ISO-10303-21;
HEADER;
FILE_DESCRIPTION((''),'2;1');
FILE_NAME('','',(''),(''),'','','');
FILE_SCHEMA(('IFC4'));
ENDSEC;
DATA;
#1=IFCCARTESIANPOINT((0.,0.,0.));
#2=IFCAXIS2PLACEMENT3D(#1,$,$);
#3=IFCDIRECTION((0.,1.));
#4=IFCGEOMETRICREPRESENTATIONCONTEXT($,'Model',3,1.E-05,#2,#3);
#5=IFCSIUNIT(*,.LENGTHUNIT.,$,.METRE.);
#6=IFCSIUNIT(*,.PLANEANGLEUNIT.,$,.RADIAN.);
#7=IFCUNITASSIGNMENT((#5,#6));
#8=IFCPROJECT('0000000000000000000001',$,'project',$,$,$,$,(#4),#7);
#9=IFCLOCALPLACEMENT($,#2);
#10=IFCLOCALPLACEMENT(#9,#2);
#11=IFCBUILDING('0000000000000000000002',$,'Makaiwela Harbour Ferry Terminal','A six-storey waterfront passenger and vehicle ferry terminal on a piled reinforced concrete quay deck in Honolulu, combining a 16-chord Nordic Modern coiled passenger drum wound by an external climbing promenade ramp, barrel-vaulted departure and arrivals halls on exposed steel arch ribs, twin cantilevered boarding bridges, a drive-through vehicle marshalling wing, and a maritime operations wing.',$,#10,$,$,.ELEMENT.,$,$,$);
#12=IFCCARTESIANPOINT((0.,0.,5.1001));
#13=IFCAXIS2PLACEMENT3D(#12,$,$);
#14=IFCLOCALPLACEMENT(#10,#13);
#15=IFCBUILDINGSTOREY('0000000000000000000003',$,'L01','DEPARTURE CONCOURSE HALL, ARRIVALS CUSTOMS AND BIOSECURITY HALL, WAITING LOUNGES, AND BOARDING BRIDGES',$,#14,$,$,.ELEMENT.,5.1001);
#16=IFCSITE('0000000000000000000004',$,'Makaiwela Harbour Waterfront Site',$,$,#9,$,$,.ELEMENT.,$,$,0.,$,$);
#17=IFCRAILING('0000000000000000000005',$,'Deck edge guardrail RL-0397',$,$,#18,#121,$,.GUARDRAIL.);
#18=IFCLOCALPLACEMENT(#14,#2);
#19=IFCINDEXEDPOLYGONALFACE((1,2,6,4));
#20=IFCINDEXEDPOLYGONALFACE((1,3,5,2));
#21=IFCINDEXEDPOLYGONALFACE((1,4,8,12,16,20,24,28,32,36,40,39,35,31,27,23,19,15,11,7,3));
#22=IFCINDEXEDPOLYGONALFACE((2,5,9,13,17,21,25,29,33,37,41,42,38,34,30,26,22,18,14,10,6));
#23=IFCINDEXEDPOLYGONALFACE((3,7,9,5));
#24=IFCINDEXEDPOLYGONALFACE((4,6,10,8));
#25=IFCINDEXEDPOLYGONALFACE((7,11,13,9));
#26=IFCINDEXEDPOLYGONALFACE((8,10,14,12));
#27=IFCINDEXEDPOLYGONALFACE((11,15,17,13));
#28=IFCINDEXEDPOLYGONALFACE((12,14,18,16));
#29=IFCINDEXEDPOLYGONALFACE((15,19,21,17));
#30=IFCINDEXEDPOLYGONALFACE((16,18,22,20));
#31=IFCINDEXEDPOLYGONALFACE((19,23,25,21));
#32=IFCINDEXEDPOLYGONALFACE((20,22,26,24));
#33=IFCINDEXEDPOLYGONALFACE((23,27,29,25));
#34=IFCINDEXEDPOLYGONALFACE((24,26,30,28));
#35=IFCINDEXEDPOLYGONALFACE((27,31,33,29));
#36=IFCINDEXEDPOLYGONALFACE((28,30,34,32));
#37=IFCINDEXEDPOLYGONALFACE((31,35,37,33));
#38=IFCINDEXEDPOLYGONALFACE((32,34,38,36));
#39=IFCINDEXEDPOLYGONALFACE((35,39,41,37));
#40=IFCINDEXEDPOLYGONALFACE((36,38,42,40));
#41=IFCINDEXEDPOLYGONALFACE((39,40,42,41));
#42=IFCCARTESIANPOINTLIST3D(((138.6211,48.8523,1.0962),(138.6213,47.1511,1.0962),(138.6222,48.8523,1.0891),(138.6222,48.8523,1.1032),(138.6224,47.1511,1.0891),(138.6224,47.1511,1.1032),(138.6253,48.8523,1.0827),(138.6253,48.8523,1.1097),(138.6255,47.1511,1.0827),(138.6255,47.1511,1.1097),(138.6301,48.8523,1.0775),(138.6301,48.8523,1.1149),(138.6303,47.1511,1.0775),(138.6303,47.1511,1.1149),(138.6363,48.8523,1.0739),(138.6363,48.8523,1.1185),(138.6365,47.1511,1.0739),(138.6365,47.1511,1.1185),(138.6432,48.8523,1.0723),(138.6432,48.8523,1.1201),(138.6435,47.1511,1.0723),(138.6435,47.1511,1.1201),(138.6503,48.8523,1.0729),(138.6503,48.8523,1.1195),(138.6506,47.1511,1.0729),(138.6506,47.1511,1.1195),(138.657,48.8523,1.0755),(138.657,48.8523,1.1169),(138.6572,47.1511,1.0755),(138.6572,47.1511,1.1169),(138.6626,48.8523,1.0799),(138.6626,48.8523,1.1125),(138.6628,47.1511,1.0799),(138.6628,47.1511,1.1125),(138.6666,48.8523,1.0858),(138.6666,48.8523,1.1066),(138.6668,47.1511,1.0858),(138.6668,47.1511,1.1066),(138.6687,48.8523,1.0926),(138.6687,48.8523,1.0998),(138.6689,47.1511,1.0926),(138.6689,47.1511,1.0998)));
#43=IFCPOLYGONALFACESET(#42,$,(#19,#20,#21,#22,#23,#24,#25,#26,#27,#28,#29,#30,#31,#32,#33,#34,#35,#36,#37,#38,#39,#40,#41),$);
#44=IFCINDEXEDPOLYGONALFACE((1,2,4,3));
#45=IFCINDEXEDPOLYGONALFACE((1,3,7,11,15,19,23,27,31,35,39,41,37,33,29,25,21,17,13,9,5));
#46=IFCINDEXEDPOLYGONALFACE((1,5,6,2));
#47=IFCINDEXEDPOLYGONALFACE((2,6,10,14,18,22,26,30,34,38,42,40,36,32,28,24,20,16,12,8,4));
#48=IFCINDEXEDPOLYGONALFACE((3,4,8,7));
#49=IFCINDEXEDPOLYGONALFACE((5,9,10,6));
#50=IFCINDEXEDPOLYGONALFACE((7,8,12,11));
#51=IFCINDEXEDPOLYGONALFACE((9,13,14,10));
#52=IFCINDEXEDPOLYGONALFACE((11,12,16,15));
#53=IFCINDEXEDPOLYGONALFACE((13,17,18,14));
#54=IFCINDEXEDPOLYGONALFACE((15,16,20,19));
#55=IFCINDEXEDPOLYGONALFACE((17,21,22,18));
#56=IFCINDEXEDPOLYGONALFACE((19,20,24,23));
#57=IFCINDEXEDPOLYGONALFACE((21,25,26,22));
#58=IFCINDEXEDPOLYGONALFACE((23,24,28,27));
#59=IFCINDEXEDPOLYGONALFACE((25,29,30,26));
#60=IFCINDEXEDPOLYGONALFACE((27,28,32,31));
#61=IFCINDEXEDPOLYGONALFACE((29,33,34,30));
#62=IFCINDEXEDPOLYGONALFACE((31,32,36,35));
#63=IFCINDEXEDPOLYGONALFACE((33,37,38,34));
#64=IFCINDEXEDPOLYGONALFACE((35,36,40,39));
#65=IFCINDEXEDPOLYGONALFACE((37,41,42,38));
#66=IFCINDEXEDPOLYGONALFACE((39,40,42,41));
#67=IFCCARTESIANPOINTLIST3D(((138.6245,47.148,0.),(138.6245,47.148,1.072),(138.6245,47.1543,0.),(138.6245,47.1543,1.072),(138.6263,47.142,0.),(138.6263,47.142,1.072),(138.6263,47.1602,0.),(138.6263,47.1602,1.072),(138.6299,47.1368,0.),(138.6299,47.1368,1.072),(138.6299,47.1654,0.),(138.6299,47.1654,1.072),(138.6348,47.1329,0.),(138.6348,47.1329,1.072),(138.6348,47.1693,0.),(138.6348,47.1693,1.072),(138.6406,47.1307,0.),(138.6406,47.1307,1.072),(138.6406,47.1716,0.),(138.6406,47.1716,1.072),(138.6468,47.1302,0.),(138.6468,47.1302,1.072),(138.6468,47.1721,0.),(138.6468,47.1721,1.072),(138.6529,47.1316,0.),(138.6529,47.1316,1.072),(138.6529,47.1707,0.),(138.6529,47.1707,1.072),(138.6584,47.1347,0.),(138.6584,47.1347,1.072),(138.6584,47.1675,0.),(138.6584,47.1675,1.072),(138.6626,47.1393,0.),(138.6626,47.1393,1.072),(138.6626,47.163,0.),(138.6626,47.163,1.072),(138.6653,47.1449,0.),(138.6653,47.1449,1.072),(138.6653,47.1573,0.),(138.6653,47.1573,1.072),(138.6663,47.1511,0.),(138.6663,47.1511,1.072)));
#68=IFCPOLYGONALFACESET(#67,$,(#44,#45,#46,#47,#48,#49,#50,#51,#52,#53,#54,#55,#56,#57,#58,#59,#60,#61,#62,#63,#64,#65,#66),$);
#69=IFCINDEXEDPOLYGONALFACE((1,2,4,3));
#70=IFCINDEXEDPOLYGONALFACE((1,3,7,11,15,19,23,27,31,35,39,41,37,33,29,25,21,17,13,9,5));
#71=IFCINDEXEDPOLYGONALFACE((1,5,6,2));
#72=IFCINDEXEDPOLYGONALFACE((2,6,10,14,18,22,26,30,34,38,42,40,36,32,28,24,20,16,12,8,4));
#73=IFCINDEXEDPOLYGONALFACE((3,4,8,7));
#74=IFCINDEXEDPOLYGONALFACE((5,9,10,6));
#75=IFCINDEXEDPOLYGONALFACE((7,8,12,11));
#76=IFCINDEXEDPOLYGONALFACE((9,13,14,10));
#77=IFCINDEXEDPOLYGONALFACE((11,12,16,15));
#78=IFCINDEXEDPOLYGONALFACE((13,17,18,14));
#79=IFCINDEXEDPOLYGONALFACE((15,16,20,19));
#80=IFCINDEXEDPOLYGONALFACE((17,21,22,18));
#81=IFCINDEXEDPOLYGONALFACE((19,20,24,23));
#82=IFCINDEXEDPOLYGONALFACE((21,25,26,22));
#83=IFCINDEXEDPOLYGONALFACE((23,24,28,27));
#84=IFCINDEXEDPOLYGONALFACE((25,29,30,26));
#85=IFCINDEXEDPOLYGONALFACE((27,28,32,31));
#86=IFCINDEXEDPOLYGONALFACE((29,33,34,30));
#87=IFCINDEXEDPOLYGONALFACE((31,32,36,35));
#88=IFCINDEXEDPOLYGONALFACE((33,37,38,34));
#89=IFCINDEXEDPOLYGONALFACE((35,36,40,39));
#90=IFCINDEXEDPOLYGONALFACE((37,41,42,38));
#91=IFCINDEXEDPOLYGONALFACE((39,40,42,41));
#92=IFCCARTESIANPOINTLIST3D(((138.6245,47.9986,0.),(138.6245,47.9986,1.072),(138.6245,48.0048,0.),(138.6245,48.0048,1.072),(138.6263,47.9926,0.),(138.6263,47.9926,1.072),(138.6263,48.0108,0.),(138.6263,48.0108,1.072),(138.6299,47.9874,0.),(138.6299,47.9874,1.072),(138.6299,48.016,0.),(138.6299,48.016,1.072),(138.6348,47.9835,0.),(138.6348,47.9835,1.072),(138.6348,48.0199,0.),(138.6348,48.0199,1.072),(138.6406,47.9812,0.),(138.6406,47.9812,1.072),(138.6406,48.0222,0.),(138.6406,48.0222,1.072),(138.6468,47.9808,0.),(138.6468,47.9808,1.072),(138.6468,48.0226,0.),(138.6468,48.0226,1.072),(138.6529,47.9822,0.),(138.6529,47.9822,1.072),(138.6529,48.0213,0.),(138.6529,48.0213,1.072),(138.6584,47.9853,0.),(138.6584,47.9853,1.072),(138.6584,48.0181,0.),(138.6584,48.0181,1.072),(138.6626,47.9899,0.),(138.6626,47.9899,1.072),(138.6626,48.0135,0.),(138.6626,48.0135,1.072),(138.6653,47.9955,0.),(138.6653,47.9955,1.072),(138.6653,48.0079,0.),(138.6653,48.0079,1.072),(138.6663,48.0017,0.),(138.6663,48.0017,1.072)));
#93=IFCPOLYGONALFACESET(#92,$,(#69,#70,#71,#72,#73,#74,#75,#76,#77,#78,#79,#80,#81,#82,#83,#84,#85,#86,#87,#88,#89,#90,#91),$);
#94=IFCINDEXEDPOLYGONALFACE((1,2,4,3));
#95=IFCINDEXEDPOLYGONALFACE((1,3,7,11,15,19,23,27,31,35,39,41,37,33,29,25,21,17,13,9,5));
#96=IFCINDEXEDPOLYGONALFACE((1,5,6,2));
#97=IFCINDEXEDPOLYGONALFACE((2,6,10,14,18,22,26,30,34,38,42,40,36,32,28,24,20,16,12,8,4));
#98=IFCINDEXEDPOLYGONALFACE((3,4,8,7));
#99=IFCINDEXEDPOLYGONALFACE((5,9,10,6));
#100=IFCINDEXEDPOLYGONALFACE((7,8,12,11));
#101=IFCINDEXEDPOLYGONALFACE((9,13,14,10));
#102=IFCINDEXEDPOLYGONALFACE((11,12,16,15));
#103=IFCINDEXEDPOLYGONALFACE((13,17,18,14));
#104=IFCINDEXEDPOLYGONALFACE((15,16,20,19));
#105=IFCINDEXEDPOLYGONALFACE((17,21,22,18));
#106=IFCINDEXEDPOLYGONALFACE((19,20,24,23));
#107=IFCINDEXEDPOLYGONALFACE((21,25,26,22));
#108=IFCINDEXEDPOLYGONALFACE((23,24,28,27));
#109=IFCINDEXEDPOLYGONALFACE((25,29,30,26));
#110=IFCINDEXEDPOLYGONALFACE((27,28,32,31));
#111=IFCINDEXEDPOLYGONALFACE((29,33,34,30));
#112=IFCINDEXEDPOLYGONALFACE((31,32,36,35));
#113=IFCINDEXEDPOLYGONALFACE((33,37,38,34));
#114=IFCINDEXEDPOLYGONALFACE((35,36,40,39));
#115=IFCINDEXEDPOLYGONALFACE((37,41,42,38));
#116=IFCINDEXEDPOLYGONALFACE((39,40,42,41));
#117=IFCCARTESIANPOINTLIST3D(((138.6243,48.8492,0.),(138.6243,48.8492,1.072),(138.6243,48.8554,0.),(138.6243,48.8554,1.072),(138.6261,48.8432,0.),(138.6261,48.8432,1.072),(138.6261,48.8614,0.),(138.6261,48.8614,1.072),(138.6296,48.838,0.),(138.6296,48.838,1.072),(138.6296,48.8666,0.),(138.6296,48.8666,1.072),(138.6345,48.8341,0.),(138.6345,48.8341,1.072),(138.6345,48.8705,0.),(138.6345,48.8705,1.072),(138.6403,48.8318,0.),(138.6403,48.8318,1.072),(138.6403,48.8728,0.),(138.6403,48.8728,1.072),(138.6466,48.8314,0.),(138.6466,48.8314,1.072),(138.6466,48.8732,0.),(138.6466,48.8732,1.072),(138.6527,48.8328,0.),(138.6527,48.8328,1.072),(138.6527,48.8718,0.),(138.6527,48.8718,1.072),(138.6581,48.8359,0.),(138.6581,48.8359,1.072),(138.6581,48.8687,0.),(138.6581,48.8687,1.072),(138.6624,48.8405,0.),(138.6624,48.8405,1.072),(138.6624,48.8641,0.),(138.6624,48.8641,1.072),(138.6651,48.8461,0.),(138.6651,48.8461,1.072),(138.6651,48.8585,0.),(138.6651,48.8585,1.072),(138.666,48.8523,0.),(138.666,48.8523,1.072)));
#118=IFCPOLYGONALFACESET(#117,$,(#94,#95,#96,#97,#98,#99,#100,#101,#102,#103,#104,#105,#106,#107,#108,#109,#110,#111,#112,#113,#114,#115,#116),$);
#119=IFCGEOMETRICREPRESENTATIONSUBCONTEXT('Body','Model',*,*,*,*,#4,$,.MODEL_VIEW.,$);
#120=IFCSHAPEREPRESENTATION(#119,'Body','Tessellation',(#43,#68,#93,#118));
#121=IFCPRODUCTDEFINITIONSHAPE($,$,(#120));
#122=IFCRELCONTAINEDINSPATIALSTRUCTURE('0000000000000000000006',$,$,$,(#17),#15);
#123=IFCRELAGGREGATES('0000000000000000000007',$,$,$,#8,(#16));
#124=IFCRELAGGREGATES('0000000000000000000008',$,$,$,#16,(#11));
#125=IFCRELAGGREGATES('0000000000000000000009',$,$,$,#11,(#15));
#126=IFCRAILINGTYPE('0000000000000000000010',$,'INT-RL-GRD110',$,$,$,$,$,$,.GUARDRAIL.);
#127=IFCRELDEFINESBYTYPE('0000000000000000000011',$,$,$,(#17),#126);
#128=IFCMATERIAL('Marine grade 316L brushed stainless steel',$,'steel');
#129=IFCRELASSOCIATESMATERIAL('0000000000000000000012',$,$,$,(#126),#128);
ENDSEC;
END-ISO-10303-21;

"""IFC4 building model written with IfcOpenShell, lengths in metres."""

from ifc_helpers import new_model, si_unit, direction, frame, origin, origin_2d, place, context, subcontext, project, spatial, circle, extrude, material, type_object, element, save


model = new_model("IFC4")

# Units and contexts
model_context = context("Model", 3, precision=1e-05, world=origin(), true_north=direction((0.0, 1.0)))
body_context = subcontext(model_context, "Body", "Model", "MODEL_VIEW")
ifc_project = project(units=[si_unit("LENGTHUNIT", "METRE"), si_unit("PLANEANGLEUNIT", "RADIAN")], contexts=[model_context])

# Site, building, storey
site_placement = place(None, origin())
site = spatial("IfcSite", under=ifc_project, at=site_placement, Name="Makaiwela Harbour Waterfront Site", CompositionType="ELEMENT", RefElevation=0.0)
building_placement = place(site_placement, origin())
building = spatial("IfcBuilding", under=site, at=building_placement, Name="Makaiwela Harbour Ferry Terminal", Description="A six-storey waterfront passenger and vehicle ferry terminal on a piled reinforced concrete quay deck in Honolulu, combining a 16-chord Nordic Modern coiled passenger drum wound by an external climbing promenade ramp, barrel-vaulted departure and arrivals halls on exposed steel arch ribs, twin cantilevered boarding bridges, a drive-through vehicle marshalling wing, and a maritime operations wing.", CompositionType="ELEMENT")
storey_placement = place(building_placement, frame((0.0, 0.0, 5.1001)))
storey = spatial("IfcBuildingStorey", under=building, at=storey_placement, Name="L01", Description="DEPARTURE CONCOURSE HALL, ARRIVALS CUSTOMS AND BIOSECURITY HALL, WAITING LOUNGES, AND BOARDING BRIDGES", CompositionType="ELEMENT", Elevation=5.1001)

# Railing
ifc_material_1 = material(Name="Marine grade 316L brushed stainless steel", Category="steel")
railing_type = type_object("IfcRailingType", Name="INT-RL-GRD110", PredefinedType="GUARDRAIL", material=ifc_material_1)
railing_1_placement = place(storey_placement, frame((138.6453, 47.1511, 0.0)))
element("IfcRailing", 1, at=railing_1_placement, inside=storey, type_object=railing_type, Name="Deck edge guardrail RL-0397", PredefinedType="GUARDRAIL", context=body_context, shape_type="SweptSolid", body=[
    extrude(circle(Radius=0.0239, at=origin_2d()), frame((0.0, 0.0, 1.0962), z_axis=(-0.000144, 1.0, 0.0), x_axis=(-1.0, -0.000144, 0.0)), (0.0, 0.0, 1.0), 1.7012),
    extrude(circle(Radius=0.021, at=origin_2d()), origin(), (0.0, 0.0, 1.0), 1.072),
    extrude(circle(Radius=0.021, at=origin_2d()), frame((0.0, 0.8506, 0.0)), (0.0, 0.0, 1.0), 1.072),
    extrude(circle(Radius=0.021, at=origin_2d()), frame((-0.0002, 1.7012, 0.0)), (0.0, 0.0, 1.0), 1.072),
])

save(model, "model.ifc")
